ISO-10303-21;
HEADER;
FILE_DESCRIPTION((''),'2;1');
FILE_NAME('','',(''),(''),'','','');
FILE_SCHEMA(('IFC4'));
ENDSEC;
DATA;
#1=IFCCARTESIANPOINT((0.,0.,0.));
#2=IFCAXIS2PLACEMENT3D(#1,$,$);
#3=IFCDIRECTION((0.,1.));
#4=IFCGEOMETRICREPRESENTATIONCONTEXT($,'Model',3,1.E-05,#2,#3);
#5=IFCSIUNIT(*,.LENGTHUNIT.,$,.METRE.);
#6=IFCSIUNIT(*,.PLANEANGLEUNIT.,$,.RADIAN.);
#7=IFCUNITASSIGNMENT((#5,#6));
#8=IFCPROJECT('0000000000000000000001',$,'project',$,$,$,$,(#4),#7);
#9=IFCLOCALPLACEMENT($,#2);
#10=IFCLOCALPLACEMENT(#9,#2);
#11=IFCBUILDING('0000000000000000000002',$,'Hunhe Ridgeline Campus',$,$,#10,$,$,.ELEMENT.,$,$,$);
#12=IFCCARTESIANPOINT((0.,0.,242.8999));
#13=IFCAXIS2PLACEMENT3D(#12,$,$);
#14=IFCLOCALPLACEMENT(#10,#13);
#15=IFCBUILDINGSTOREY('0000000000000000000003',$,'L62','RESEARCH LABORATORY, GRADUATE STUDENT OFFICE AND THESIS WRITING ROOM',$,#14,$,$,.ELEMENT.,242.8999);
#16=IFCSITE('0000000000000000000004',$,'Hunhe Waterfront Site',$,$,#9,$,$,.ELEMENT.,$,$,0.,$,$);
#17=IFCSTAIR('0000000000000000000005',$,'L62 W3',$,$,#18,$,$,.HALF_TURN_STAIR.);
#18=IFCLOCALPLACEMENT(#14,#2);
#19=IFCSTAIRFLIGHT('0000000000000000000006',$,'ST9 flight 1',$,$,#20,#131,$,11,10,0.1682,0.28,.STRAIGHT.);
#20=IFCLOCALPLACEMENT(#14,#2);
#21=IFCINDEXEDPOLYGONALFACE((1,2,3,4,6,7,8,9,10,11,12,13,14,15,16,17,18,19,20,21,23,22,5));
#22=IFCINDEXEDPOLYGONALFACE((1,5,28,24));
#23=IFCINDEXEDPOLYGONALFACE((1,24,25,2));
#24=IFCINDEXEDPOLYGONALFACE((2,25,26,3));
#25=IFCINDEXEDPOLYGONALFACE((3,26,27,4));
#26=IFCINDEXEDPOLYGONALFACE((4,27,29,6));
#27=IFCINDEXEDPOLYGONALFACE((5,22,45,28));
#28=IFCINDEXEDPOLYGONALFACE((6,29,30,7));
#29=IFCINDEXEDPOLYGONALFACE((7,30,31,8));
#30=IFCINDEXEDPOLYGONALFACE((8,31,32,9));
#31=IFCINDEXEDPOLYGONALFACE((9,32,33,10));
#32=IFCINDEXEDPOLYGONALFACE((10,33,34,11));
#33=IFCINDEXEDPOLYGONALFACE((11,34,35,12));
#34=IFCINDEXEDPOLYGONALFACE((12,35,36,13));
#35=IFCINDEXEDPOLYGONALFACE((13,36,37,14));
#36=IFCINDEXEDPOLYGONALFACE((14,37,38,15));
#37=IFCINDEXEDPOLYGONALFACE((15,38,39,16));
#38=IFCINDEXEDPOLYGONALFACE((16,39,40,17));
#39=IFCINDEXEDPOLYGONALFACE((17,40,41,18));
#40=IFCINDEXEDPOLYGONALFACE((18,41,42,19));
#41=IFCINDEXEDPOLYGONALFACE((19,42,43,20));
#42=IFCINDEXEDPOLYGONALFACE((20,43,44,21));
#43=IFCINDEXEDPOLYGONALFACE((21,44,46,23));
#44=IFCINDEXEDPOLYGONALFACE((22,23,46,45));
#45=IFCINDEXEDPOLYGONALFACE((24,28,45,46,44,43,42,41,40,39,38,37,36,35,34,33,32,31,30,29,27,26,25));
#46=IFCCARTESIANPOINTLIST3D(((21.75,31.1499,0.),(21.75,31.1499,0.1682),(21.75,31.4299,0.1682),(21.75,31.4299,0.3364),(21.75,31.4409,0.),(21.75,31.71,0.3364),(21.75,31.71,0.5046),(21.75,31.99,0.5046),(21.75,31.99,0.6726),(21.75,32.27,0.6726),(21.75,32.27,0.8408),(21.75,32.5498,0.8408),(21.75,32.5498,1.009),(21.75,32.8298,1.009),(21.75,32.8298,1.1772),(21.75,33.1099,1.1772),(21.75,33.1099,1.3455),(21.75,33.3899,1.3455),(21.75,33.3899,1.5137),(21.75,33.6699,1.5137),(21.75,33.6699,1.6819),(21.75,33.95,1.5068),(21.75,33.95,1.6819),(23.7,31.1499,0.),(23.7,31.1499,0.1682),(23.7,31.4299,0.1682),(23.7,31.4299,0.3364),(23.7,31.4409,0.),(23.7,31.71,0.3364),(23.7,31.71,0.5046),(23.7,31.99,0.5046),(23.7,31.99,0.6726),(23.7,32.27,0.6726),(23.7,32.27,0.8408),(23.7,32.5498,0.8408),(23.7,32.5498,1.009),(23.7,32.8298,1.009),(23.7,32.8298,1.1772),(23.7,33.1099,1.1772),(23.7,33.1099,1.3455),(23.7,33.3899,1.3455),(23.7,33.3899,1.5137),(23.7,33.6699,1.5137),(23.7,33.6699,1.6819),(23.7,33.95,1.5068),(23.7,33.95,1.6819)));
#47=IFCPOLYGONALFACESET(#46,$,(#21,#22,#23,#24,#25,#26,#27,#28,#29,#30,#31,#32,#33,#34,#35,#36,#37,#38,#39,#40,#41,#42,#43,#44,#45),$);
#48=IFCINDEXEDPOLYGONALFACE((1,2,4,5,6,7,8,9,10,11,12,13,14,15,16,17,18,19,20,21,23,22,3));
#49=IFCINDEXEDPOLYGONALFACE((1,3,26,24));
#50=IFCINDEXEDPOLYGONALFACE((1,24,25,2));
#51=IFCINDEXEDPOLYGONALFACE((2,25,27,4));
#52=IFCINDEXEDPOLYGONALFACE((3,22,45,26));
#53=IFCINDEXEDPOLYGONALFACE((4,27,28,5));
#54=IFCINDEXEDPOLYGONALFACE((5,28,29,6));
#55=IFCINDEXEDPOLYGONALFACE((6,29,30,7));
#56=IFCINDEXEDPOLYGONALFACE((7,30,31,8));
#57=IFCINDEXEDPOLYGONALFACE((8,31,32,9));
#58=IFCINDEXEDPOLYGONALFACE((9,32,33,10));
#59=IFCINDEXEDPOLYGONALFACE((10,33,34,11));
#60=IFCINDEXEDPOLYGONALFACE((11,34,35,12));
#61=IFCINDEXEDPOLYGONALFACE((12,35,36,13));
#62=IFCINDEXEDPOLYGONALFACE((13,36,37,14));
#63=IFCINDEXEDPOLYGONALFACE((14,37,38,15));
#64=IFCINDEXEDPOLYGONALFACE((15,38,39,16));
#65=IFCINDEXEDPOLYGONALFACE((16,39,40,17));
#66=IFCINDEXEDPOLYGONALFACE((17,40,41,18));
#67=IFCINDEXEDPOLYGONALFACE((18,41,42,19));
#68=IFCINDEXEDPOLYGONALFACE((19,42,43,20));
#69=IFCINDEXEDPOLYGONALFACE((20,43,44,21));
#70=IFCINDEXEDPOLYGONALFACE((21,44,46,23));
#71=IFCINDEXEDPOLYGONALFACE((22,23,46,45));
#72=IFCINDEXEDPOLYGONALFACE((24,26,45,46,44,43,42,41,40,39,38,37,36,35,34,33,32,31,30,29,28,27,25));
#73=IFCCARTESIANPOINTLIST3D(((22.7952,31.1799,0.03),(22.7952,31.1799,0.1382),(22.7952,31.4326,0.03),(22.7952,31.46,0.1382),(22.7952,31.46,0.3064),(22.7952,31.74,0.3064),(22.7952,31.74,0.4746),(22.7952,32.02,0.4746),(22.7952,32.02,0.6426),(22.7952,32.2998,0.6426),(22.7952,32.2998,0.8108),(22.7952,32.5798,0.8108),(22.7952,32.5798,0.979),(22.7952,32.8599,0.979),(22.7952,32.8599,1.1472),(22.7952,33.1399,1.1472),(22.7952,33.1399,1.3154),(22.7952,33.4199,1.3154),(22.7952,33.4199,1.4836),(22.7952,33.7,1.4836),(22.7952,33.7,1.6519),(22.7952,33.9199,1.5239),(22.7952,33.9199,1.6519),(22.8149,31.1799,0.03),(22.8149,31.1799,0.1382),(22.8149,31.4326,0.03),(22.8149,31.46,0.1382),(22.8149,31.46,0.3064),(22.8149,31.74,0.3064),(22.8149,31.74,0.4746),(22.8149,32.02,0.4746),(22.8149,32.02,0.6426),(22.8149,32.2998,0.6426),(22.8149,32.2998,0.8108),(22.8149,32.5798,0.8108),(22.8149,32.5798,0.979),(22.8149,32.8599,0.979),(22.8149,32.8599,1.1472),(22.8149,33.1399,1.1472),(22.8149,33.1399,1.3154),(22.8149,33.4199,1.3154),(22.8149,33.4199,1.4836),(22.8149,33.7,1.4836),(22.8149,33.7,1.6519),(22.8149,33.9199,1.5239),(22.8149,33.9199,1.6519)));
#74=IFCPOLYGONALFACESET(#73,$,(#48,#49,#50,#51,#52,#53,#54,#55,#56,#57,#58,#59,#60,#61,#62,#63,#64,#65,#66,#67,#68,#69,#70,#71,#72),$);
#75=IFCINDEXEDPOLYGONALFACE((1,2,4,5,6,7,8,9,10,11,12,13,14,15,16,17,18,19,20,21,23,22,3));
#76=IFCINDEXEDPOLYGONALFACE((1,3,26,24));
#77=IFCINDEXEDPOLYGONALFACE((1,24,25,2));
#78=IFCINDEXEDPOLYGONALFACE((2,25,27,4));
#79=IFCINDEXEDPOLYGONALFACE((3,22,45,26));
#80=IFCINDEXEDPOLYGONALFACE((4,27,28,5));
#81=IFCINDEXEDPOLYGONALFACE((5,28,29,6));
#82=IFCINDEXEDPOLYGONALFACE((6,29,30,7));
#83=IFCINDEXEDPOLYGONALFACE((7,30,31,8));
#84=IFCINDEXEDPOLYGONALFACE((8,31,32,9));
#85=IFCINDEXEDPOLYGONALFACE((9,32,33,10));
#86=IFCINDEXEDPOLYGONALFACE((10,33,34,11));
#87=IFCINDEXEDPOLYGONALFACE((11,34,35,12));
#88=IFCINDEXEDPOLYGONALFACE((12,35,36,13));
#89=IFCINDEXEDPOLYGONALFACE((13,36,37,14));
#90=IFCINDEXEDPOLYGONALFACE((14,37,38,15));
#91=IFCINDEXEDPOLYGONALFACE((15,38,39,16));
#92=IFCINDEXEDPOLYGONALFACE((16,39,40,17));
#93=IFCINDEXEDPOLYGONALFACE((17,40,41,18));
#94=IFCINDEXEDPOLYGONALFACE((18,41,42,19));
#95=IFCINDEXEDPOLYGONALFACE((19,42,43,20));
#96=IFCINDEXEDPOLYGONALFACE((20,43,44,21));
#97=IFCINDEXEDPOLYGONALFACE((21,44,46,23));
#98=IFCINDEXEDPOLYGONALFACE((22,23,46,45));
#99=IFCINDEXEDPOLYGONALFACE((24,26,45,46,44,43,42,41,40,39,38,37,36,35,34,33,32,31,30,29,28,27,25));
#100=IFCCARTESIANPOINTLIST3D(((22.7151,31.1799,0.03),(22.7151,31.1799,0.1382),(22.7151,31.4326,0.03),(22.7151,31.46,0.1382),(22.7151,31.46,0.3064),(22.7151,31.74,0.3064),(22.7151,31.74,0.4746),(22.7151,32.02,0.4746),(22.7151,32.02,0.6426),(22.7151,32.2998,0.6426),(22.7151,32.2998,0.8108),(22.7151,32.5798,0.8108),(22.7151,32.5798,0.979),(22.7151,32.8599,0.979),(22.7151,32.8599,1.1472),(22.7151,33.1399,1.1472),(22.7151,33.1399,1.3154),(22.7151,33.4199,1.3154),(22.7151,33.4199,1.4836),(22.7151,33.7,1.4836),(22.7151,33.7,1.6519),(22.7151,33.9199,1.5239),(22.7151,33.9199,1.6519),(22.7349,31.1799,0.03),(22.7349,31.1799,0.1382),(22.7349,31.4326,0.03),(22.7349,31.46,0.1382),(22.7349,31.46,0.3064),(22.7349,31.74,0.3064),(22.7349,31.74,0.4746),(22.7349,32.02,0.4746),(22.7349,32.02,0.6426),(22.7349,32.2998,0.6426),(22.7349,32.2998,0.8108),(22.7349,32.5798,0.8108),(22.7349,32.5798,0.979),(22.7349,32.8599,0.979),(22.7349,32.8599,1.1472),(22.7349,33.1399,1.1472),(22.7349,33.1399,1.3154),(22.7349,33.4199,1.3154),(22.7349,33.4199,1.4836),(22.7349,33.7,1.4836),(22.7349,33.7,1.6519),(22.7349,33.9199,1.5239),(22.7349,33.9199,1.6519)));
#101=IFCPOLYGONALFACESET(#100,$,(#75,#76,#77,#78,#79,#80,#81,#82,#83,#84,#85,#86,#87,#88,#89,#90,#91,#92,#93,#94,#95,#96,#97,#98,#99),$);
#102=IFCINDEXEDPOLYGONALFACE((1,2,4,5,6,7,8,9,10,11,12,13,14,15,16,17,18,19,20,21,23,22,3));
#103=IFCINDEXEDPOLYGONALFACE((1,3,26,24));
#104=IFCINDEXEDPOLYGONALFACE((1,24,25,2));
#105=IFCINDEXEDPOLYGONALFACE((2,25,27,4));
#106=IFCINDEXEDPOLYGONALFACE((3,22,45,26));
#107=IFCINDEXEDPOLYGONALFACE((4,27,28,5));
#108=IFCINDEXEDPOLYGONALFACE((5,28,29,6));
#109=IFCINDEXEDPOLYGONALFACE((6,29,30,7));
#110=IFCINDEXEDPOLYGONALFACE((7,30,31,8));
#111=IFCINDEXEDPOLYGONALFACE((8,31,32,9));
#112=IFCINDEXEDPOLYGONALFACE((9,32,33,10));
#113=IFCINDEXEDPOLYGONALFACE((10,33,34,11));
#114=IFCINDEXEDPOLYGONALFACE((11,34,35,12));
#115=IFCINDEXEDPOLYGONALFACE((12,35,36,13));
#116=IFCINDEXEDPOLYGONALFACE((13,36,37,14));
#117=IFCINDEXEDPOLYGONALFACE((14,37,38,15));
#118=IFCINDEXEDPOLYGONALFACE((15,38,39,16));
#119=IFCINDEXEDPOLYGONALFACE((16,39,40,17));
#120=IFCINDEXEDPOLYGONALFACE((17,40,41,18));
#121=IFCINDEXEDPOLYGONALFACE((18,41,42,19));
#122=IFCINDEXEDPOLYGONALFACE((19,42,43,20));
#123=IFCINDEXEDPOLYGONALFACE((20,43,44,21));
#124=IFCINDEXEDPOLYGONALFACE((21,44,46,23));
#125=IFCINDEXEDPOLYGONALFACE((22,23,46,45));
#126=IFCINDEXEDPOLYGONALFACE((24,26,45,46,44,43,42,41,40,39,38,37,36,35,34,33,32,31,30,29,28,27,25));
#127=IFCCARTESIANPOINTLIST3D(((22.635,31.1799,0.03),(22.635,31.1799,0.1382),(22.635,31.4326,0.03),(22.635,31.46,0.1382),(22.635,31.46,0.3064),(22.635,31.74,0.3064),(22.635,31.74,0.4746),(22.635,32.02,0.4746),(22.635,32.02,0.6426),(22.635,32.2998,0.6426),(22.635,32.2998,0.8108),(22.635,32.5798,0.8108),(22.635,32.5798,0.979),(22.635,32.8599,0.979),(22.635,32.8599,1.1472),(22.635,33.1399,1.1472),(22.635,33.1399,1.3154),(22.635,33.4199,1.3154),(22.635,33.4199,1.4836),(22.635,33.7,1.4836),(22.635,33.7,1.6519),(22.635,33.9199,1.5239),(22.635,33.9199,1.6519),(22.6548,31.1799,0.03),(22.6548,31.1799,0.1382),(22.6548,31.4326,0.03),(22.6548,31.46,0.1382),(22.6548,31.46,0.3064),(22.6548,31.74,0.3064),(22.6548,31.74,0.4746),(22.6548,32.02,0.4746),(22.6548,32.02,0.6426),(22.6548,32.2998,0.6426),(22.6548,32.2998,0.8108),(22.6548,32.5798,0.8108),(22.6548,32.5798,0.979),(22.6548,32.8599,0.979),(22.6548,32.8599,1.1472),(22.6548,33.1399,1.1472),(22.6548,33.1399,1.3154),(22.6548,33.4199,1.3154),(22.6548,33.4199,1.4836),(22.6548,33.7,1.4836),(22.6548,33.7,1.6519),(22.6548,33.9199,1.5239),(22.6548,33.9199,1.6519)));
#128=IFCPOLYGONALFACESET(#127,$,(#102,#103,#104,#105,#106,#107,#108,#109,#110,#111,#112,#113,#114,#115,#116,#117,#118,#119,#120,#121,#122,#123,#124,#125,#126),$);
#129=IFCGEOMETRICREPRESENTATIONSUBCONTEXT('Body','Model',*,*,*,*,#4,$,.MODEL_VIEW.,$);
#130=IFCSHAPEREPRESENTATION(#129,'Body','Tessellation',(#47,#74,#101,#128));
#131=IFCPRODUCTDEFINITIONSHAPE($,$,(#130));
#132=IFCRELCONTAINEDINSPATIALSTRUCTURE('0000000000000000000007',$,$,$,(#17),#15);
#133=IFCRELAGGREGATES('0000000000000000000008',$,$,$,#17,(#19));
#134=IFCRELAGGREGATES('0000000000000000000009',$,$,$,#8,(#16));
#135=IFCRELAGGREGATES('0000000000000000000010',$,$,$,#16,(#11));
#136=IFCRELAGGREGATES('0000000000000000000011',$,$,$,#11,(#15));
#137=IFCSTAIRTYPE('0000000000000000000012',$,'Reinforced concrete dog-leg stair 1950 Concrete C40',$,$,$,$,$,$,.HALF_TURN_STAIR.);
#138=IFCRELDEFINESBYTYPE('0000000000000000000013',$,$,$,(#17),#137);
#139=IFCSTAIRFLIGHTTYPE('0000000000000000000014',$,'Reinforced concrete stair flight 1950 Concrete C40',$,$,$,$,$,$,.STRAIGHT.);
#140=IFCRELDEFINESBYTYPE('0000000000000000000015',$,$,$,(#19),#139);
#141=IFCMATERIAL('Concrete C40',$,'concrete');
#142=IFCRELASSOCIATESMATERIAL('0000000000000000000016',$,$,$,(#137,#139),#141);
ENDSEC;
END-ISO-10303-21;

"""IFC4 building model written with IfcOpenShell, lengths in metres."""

from ifc_helpers import new_model, si_unit, direction, frame, origin, place, context, subcontext, project, spatial, polyline, outline, extrude, material, type_object, element, aggregate, save


model = new_model("IFC4")

# Units and contexts
model_context = context("Model", 3, precision=1e-05, world=origin(), true_north=direction((0.0, 1.0)))
body_context = subcontext(model_context, "Body", "Model", "MODEL_VIEW")
ifc_project = project(units=[si_unit("LENGTHUNIT", "METRE"), si_unit("PLANEANGLEUNIT", "RADIAN")], contexts=[model_context])

# Site, building, storey
site_placement = place(None, origin())
site = spatial("IfcSite", under=ifc_project, at=site_placement, Name="Hunhe Waterfront Site", CompositionType="ELEMENT", RefElevation=0.0)
building_placement = place(site_placement, origin())
building = spatial("IfcBuilding", under=site, at=building_placement, Name="Hunhe Ridgeline Campus", CompositionType="ELEMENT")
storey_placement = place(building_placement, frame((0.0, 0.0, 242.8999)))
storey = spatial("IfcBuildingStorey", under=building, at=storey_placement, Name="L62", Description="RESEARCH LABORATORY, GRADUATE STUDENT OFFICE AND THESIS WRITING ROOM", CompositionType="ELEMENT", Elevation=242.8999)

# Stair, stair flight
ifc_material_1 = material(Name="Concrete C40", Category="concrete")
stair_type = type_object("IfcStairType", Name="Reinforced concrete dog-leg stair 1950 Concrete C40", PredefinedType="HALF_TURN_STAIR", material=ifc_material_1)
stair_placement = place(storey_placement, origin())
stair = element("IfcStair", 1, at=stair_placement, inside=storey, type_object=stair_type, Name="L62 W3", PredefinedType="HALF_TURN_STAIR")
stair_flight_type = type_object("IfcStairFlightType", Name="Reinforced concrete stair flight 1950 Concrete C40", PredefinedType="STRAIGHT", material=ifc_material_1)
stair_flight_placement = place(storey_placement, frame((22.7251, 31.1499, 0.0), z_axis=(0.0, 0.0, 1.0), x_axis=(0.0, 1.0, 0.0)))
stair_flight = element("IfcStairFlight", 2, at=stair_flight_placement, type_object=stair_flight_type, Name="ST9 flight 1", NumberOfRisers=11, NumberOfTreads=10, PredefinedType="STRAIGHT", RiserHeight=0.1682, TreadLength=0.28, context=body_context, shape_type="SweptSolid", body=[
    extrude(outline(polyline([(0.0, 0.0), (0.0, 0.1682), (0.28, 0.1682), (0.28, 0.3364), (0.5601, 0.3364), (0.5601, 0.5046), (0.8401, 0.5046), (0.8401, 0.6726), (1.1201, 0.6726), (1.1201, 0.8408), (1.3999, 0.8408), (1.3999, 1.009), (1.6799, 1.009), (1.6799, 1.1772), (1.96, 1.1772), (1.96, 1.3455), (2.24, 1.3455), (2.24, 1.5137), (2.52, 1.5137), (2.52, 1.6819), (2.8, 1.6819), (2.8, 1.8501), (2.8, 1.5068), (0.291, 0.0), (0.0, 0.0)])), frame((0.0, 0.9751, 0.0), z_axis=(0.0, -1.0, 0.0), x_axis=(1.0, 0.0, 0.0)), (0.0, 0.0, 1.0), 1.95),
    extrude(outline(polyline([(0.03, 0.03), (0.03, 0.1382), (0.3101, 0.1382), (0.3101, 0.3064), (0.5901, 0.3064), (0.5901, 0.4746), (0.8701, 0.4746), (0.8701, 0.6426), (1.1499, 0.6426), (1.1499, 0.8108), (1.4299, 0.8108), (1.4299, 0.979), (1.71, 0.979), (1.71, 1.1472), (1.99, 1.1472), (1.99, 1.3154), (2.27, 1.3154), (2.27, 1.4836), (2.55, 1.4836), (2.55, 1.6519), (2.77, 1.6519), (2.77, 1.5239), (0.2827, 0.03), (0.03, 0.03)])), frame((0.0, -0.0701, 0.0), z_axis=(0.0, -1.0, 0.0), x_axis=(1.0, 0.0, 0.0)), (0.0, 0.0, 1.0), 0.0198),
    extrude(outline(polyline([(0.03, 0.03), (0.03, 0.1382), (0.3101, 0.1382), (0.3101, 0.3064), (0.5901, 0.3064), (0.5901, 0.4746), (0.8701, 0.4746), (0.8701, 0.6426), (1.1499, 0.6426), (1.1499, 0.8108), (1.4299, 0.8108), (1.4299, 0.979), (1.71, 0.979), (1.71, 1.1472), (1.99, 1.1472), (1.99, 1.3154), (2.27, 1.3154), (2.27, 1.4836), (2.55, 1.4836), (2.55, 1.6519), (2.77, 1.6519), (2.77, 1.5239), (0.2827, 0.03), (0.03, 0.03)])), frame((0.0, 0.01, 0.0), z_axis=(0.0, -1.0, 0.0), x_axis=(1.0, 0.0, 0.0)), (0.0, 0.0, 1.0), 0.0198),
    extrude(outline(polyline([(0.03, 0.03), (0.03, 0.1382), (0.3101, 0.1382), (0.3101, 0.3064), (0.5901, 0.3064), (0.5901, 0.4746), (0.8701, 0.4746), (0.8701, 0.6426), (1.1499, 0.6426), (1.1499, 0.8108), (1.4299, 0.8108), (1.4299, 0.979), (1.71, 0.979), (1.71, 1.1472), (1.99, 1.1472), (1.99, 1.3154), (2.27, 1.3154), (2.27, 1.4836), (2.55, 1.4836), (2.55, 1.6519), (2.77, 1.6519), (2.77, 1.5239), (0.2827, 0.03), (0.03, 0.03)])), frame((0.0, 0.0901, 0.0), z_axis=(0.0, -1.0, 0.0), x_axis=(1.0, 0.0, 0.0)), (0.0, 0.0, 1.0), 0.0198),
])
aggregate(stair, [stair_flight])

save(model, "model.ifc")
